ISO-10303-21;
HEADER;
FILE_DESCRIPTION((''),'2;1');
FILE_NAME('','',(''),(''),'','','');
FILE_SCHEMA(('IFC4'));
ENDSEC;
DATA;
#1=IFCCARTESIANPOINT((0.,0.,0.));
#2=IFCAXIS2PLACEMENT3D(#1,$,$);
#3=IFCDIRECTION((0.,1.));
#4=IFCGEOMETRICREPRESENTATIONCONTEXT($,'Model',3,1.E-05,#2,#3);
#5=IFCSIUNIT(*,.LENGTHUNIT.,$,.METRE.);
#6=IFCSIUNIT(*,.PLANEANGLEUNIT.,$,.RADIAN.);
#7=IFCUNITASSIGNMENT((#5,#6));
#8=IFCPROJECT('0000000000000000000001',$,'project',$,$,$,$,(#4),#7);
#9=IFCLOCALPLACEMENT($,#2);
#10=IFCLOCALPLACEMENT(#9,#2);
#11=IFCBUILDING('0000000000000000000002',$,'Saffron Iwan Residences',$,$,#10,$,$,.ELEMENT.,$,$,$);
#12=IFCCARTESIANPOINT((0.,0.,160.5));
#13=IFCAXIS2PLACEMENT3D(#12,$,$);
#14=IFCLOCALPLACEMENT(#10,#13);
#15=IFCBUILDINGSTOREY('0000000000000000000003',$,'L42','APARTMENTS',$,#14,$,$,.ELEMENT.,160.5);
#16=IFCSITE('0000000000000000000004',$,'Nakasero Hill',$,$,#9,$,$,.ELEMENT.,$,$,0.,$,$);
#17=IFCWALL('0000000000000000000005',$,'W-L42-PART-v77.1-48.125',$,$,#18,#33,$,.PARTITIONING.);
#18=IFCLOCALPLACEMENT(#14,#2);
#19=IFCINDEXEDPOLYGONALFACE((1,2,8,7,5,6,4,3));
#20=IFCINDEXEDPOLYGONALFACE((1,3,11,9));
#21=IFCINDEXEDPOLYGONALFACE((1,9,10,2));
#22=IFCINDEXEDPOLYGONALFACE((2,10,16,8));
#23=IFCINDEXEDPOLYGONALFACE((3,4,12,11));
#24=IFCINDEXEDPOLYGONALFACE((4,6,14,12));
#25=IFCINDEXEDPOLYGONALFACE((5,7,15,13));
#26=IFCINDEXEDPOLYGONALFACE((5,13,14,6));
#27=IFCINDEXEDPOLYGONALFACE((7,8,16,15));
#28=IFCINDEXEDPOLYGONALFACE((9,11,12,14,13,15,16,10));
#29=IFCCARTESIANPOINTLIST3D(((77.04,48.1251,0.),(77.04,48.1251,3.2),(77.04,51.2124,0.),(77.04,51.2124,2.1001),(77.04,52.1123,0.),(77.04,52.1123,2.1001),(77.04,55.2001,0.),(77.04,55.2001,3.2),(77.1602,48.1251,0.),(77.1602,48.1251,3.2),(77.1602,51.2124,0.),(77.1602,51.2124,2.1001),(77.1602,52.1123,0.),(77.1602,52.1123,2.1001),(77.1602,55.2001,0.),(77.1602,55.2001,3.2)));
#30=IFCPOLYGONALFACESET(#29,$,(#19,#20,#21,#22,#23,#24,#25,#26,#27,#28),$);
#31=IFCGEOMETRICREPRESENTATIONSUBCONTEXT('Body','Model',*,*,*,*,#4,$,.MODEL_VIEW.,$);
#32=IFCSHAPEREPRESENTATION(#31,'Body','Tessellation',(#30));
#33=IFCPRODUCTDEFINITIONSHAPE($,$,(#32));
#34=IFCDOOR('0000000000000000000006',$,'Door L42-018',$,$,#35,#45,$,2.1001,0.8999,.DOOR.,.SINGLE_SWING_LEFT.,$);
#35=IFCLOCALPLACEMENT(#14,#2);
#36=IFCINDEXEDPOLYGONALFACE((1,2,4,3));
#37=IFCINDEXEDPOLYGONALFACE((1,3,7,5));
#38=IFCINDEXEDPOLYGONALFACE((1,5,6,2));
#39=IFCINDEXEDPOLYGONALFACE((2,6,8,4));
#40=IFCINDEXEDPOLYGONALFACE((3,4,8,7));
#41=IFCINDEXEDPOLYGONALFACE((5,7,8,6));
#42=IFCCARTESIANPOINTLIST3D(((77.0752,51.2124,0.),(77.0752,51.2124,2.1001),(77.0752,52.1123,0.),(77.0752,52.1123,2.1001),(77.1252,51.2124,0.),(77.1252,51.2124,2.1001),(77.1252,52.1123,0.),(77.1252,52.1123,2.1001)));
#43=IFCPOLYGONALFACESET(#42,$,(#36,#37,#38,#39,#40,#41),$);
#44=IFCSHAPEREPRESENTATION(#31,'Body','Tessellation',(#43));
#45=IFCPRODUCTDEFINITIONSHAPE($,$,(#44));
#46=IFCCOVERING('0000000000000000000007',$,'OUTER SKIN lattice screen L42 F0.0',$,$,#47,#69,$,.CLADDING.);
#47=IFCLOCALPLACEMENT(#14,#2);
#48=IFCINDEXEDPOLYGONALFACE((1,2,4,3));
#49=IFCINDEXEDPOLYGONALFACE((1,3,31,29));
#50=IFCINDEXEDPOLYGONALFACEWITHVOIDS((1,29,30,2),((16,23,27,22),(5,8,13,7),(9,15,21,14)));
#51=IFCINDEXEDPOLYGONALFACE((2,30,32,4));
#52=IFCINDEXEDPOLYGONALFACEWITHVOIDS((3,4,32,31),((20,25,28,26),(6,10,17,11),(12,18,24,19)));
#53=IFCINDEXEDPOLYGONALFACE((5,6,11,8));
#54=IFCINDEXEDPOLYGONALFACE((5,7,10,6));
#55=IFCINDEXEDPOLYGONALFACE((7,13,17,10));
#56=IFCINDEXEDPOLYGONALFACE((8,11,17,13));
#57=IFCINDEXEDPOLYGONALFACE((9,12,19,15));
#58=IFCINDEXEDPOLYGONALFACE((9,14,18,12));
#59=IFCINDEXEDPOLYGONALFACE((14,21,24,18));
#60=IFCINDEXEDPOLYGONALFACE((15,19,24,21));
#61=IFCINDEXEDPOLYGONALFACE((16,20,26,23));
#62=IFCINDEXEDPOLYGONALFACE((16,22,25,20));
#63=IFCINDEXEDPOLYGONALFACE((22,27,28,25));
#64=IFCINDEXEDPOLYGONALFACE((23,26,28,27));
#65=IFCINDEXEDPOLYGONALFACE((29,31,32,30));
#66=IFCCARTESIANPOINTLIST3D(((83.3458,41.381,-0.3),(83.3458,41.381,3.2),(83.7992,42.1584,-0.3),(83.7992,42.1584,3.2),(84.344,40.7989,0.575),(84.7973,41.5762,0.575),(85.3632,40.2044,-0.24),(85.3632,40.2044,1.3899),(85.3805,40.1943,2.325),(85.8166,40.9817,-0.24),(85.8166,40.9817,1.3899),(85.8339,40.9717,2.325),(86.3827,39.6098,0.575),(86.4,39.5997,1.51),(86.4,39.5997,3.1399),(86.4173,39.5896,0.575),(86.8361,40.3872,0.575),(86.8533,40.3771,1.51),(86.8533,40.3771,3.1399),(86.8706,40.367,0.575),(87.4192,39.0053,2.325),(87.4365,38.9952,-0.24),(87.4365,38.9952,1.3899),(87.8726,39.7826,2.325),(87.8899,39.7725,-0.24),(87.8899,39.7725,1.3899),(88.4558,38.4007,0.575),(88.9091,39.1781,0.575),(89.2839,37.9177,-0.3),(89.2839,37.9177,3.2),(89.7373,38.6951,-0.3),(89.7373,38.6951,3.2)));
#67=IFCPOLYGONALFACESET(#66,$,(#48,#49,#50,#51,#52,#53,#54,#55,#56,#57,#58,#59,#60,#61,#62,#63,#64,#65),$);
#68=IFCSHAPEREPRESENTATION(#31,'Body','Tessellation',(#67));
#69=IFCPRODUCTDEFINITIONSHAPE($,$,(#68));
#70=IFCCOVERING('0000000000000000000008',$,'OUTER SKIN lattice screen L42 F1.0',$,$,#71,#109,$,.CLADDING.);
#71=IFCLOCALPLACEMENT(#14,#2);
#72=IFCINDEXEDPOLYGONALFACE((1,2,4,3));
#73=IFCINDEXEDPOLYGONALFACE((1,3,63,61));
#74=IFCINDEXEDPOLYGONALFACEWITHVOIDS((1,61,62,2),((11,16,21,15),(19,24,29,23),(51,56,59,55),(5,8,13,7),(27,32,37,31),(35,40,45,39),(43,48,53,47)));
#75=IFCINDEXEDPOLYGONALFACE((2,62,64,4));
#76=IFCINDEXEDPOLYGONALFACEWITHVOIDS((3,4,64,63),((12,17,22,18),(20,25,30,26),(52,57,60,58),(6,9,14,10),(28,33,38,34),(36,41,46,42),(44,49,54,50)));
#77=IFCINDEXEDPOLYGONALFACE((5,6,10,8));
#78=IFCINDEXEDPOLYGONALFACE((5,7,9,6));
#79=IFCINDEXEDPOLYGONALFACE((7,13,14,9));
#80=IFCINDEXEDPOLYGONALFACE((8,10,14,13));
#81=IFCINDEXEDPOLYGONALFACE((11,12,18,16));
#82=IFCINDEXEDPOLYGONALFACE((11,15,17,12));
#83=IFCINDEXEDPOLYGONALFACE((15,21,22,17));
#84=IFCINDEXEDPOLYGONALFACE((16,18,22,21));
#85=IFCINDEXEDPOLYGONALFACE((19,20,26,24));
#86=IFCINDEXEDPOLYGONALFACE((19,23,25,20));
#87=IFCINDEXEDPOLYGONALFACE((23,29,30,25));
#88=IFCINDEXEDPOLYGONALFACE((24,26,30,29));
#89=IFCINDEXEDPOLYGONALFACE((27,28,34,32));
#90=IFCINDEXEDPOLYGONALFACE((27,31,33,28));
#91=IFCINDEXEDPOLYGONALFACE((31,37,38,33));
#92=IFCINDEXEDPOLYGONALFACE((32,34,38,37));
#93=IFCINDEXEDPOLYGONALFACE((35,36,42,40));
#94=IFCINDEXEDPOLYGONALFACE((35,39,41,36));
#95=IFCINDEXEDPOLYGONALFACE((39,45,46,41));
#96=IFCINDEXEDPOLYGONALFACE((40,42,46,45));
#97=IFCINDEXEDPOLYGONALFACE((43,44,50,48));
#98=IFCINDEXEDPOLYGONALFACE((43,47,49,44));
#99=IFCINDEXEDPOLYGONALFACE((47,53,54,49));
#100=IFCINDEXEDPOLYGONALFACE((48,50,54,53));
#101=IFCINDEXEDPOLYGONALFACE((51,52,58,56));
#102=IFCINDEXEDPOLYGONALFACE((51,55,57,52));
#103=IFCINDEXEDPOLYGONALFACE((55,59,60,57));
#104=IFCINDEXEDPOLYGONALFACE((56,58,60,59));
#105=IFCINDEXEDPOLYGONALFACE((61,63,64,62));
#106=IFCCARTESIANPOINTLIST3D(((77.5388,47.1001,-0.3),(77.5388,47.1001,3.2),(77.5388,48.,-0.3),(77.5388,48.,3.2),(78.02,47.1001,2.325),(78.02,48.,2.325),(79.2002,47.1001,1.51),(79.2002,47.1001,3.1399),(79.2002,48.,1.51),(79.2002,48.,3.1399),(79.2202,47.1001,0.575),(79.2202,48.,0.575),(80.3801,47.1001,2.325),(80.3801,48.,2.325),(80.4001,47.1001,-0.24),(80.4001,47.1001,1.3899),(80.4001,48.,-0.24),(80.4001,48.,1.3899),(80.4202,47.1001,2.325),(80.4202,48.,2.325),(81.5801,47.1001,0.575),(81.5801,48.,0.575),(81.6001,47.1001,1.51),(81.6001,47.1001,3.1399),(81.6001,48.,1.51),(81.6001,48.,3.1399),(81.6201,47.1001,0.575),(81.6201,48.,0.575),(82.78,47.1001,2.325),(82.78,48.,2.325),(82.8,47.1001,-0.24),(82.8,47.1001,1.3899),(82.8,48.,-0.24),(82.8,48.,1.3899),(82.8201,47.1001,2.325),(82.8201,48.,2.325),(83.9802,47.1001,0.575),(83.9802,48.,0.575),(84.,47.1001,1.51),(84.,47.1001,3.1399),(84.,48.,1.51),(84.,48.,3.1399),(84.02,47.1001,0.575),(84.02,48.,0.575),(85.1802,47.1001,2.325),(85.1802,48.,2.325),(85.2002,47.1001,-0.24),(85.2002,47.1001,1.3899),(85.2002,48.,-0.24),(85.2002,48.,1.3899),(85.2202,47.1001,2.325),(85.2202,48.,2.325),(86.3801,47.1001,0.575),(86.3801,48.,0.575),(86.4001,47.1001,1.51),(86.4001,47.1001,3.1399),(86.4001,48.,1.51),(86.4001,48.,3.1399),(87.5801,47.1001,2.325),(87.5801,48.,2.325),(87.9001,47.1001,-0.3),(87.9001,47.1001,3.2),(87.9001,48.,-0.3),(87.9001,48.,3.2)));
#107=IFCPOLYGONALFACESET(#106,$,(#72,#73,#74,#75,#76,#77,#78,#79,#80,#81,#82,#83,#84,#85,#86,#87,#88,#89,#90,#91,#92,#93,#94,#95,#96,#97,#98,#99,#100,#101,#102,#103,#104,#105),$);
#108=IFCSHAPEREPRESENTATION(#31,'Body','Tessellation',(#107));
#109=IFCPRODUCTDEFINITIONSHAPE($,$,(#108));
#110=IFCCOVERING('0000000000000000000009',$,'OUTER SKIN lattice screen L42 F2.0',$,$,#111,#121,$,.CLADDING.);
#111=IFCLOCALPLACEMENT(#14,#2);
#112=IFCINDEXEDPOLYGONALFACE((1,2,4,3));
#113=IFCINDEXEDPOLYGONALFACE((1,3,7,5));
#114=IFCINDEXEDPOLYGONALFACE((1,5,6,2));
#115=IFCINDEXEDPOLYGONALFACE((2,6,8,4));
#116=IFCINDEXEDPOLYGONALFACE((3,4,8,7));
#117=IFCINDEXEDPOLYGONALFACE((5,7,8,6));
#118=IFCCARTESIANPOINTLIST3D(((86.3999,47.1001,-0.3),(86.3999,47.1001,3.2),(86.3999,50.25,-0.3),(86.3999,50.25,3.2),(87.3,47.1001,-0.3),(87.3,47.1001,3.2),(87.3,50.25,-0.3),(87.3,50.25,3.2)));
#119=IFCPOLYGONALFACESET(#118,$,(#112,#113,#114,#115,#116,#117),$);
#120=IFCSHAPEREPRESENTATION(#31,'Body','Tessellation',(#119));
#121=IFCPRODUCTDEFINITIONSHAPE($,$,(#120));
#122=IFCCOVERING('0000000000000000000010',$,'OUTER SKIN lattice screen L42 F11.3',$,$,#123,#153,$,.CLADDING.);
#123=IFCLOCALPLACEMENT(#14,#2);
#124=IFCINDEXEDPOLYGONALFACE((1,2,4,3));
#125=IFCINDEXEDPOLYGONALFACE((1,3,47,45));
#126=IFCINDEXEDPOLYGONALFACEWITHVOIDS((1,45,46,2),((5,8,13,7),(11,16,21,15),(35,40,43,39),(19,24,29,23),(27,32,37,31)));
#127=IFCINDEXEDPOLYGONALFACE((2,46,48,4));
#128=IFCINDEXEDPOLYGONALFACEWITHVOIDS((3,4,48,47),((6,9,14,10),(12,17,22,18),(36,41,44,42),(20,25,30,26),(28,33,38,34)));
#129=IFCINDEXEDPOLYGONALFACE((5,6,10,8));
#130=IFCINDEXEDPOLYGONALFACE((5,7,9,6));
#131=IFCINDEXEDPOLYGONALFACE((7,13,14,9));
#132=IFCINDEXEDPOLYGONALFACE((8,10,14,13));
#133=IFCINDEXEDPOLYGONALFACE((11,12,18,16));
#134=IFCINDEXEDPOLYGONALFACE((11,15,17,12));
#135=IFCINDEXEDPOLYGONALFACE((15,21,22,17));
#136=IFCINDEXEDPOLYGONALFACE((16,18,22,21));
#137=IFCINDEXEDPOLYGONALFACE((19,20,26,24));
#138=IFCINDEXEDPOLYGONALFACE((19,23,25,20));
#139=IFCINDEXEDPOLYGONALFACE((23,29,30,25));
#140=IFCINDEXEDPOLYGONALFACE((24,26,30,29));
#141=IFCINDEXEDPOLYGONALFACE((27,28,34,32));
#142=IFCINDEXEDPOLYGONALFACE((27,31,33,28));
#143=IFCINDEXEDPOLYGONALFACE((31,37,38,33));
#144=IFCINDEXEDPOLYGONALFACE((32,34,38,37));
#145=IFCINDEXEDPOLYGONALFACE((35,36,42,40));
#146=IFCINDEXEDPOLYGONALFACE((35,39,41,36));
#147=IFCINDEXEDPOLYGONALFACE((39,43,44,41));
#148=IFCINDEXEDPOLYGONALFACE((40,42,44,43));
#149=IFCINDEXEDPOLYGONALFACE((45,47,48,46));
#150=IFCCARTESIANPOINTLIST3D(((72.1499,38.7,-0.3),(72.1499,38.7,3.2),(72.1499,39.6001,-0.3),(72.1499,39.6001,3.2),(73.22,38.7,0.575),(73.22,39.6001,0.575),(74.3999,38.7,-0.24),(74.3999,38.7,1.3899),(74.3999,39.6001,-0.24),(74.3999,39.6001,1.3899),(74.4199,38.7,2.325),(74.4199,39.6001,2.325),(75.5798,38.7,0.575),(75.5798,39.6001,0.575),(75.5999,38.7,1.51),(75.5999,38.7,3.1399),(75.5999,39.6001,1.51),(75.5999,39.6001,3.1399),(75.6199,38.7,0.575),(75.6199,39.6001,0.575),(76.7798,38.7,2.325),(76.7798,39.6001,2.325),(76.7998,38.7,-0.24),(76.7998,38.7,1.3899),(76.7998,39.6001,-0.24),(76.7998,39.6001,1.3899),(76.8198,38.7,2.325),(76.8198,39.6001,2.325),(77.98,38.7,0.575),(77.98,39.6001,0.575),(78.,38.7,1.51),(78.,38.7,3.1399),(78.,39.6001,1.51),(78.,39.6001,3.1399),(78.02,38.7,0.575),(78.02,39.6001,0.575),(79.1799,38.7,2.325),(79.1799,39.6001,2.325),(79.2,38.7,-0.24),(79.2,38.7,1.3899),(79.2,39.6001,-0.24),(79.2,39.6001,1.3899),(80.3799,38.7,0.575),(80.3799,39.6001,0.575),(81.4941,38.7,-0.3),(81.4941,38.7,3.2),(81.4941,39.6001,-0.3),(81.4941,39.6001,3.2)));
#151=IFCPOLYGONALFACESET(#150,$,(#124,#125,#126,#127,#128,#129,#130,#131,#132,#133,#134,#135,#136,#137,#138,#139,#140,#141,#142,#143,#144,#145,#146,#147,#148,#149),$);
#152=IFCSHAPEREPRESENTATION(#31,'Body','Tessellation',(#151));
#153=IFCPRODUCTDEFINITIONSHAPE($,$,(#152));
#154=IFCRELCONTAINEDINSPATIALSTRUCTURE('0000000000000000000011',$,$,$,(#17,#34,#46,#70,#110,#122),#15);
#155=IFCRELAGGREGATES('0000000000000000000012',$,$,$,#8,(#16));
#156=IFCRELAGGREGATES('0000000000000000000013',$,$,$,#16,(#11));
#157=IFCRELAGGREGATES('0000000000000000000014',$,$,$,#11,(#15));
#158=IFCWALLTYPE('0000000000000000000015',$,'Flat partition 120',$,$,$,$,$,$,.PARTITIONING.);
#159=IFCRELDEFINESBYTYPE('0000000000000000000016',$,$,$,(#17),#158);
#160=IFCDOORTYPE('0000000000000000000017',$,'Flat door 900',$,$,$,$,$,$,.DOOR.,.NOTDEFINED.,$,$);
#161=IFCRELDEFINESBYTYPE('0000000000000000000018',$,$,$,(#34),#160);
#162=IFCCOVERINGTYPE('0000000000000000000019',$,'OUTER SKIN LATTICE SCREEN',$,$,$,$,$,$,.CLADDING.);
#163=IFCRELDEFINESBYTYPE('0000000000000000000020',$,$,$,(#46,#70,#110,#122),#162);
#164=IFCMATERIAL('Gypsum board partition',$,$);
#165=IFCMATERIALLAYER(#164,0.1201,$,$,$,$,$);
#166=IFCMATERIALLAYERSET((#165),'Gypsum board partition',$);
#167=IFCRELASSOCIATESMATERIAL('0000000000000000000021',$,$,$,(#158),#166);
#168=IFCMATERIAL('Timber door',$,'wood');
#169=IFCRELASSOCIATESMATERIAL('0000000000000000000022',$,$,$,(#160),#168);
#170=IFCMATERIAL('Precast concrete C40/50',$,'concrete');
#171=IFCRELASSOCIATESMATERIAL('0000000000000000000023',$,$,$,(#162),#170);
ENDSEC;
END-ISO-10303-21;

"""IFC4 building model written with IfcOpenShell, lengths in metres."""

from ifc_helpers import new_model, si_unit, direction, frame, frame_2d, origin, place, context, subcontext, project, spatial, polyline, rectangle, outline, extrude, material, layer, layer_set, type_object, element, fill, save


model = new_model("IFC4")

# Units and contexts
model_context = context("Model", 3, precision=1e-05, world=origin(), true_north=direction((0.0, 1.0)))
body_context = subcontext(model_context, "Body", "Model", "MODEL_VIEW")
ifc_project = project(units=[si_unit("LENGTHUNIT", "METRE"), si_unit("PLANEANGLEUNIT", "RADIAN")], contexts=[model_context])

# Site, building, storey
site_placement = place(None, origin())
site = spatial("IfcSite", under=ifc_project, at=site_placement, Name="Nakasero Hill", CompositionType="ELEMENT", RefElevation=0.0)
building_placement = place(site_placement, origin())
building = spatial("IfcBuilding", under=site, at=building_placement, Name="Saffron Iwan Residences", CompositionType="ELEMENT")
storey_placement = place(building_placement, frame((0.0, 0.0, 160.5)))
storey = spatial("IfcBuildingStorey", under=building, at=storey_placement, Name="L42", Description="APARTMENTS", CompositionType="ELEMENT", Elevation=160.5)

# Shared definitions
ifc_material_1 = material(Name="Gypsum board partition")
ifc_layer_1 = layer(ifc_material_1, 0.1201)
ifc_layer_set_1 = layer_set([ifc_layer_1], Name="Gypsum board partition")
wall_type_1 = type_object("IfcWallType", Name="Flat partition 120", PredefinedType="PARTITIONING", material=ifc_layer_set_1)
ifc_material_2 = material(Name="Timber door", Category="wood")

# Shared definitions
door_type_1 = type_object("IfcDoorType", Name="Flat door 900", OperationType="NOTDEFINED", PredefinedType="DOOR", material=ifc_material_2)

# Wall, opening, door
wall_1_placement = place(storey_placement, frame((77.1001, 48.125, 0.0), z_axis=(0.0, 0.0, 1.0), x_axis=(0.0, 1.0, 0.0)))
wall_1 = element("IfcWall", 1, at=wall_1_placement, inside=storey, type_object=wall_type_1, Name="W-L42-PART-v77.1-48.125", PredefinedType="PARTITIONING", context=body_context, shape_type="SweptSolid", body=[
    extrude(rectangle(XDim=7.075, YDim=0.1201, at=frame_2d((3.5376, 0.0))), origin(), (0.0, 0.0, 1.0), 3.2),
])
opening_1_placement = place(wall_1_placement, frame((3.0874, 0.0, 0.0)))
opening_1 = element("IfcOpeningElement", 2, at=opening_1_placement, cuts=wall_1, PredefinedType="OPENING", context=body_context, shape_type="SweptSolid", body=[
    extrude(rectangle(XDim=0.8999, YDim=2.1001, at=frame_2d((0.45, 1.05))), frame((0.0, 0.0701, 0.0), z_axis=(0.0, -1.0, 0.0), x_axis=(1.0, 0.0, 0.0)), (0.0, 0.0, 1.0), 0.1401),
])
door_1_placement = place(opening_1_placement, origin())
door_1 = element("IfcDoor", 3, at=door_1_placement, inside=storey, type_object=door_type_1, Name="Door L42-018", OperationType="SINGLE_SWING_LEFT", OverallHeight=2.1001, OverallWidth=0.8999, PredefinedType="DOOR", context=body_context, shape_type="SweptSolid", body=[
    extrude(rectangle(XDim=0.8999, YDim=2.1001, at=frame_2d((0.45, 1.05))), frame((0.0, 0.0249, 0.0), z_axis=(0.0, -1.0, 0.0), x_axis=(1.0, 0.0, 0.0)), (0.0, 0.0, 1.0), 0.05),
])
fill(opening_1, door_1)

# Coverings
ifc_material_3 = material(Name="Precast concrete C40/50", Category="concrete")
covering_type = type_object("IfcCoveringType", Name="OUTER SKIN LATTICE SCREEN", PredefinedType="CLADDING", material=ifc_material_3)
covering_1_placement = place(storey_placement, frame((89.2839, 37.9177, -0.3), z_axis=(0.503804, 0.863818, 0.0), x_axis=(-0.863818, 0.503804, 0.0)))
element("IfcCovering", 4, at=covering_1_placement, inside=storey, type_object=covering_type, Name="OUTER SKIN lattice screen L42 F0.0", PredefinedType="CLADDING", context=body_context, shape_type="SweptSolid", body=[
    extrude(outline(polyline([(0.0, 0.0), (6.8743, 0.0), (6.8743, 3.5), (0.0, 3.5), (0.0, 0.0)]), holes=[polyline([(0.9587, 0.875), (2.1387, 0.0601), (3.3186, 0.875), (2.1387, 1.6899), (0.9587, 0.875)]), polyline([(3.3586, 0.875), (4.5388, 0.0601), (5.7188, 0.875), (4.5388, 1.6899), (3.3586, 0.875)]), polyline([(2.1587, 2.625), (3.3386, 1.8101), (4.5188, 2.625), (3.3386, 3.4399), (2.1587, 2.625)])]), origin(), (0.0, 0.0, 1.0), 0.8999),
])
covering_2_placement = place(storey_placement, frame((77.5388, 48.0, -0.3), z_axis=(0.0, -1.0, 0.0), x_axis=(1.0, 0.0, 0.0)))
element("IfcCovering", 5, at=covering_2_placement, inside=storey, type_object=covering_type, Name="OUTER SKIN lattice screen L42 F1.0", PredefinedType="CLADDING", context=body_context, shape_type="SweptSolid", body=[
    extrude(outline(polyline([(0.0, 0.0), (10.3613, 0.0), (10.3613, 3.5), (0.0, 3.5), (0.0, 0.0)]), holes=[polyline([(1.6814, 0.875), (2.8613, 0.0601), (4.0413, 0.875), (2.8613, 1.6899), (1.6814, 0.875)]), polyline([(4.0813, 0.875), (5.2612, 0.0601), (6.4414, 0.875), (5.2612, 1.6899), (4.0813, 0.875)]), polyline([(6.4812, 0.875), (7.6614, 0.0601), (8.8413, 0.875), (7.6614, 1.6899), (6.4812, 0.875)]), polyline([(0.4812, 2.625), (1.6614, 1.8101), (2.8413, 2.625), (1.6614, 3.4399), (0.4812, 2.625)]), polyline([(2.8813, 2.625), (4.0613, 1.8101), (5.2412, 2.625), (4.0613, 3.4399), (2.8813, 2.625)]), polyline([(5.2812, 2.625), (6.4612, 1.8101), (7.6414, 2.625), (6.4612, 3.4399), (5.2812, 2.625)]), polyline([(7.6814, 2.625), (8.8613, 1.8101), (10.0413, 2.625), (8.8613, 3.4399), (7.6814, 2.625)])]), origin(), (0.0, 0.0, 1.0), 0.8999),
])
covering_3_placement = place(storey_placement, frame((86.3999, 47.1001, -0.3), z_axis=(1.0, 0.0, 0.0), x_axis=(0.0, 1.0, 0.0)))
element("IfcCovering", 6, at=covering_3_placement, inside=storey, type_object=covering_type, Name="OUTER SKIN lattice screen L42 F2.0", PredefinedType="CLADDING", context=body_context, shape_type="SweptSolid", body=[
    extrude(outline(polyline([(0.0, 0.0), (3.1499, 0.0), (3.1499, 3.5), (0.0, 3.5), (0.0, 0.0)])), origin(), (0.0, 0.0, 1.0), 0.9001),
])
covering_4_placement = place(storey_placement, frame((72.1499, 39.6001, -0.3), z_axis=(0.0, -1.0, 0.0), x_axis=(1.0, 0.0, 0.0)))
element("IfcCovering", 7, at=covering_4_placement, inside=storey, type_object=covering_type, Name="OUTER SKIN lattice screen L42 F11.3", PredefinedType="CLADDING", context=body_context, shape_type="SweptSolid", body=[
    extrude(outline(polyline([(0.0, 0.0), (9.3442, 0.0), (9.3442, 3.5), (0.0, 3.5), (0.0, 0.0)]), holes=[polyline([(1.0701, 0.875), (2.25, 0.0601), (3.4299, 0.875), (2.25, 1.6899), (1.0701, 0.875)]), polyline([(3.47, 0.875), (4.6499, 0.0601), (5.8301, 0.875), (4.6499, 1.6899), (3.47, 0.875)]), polyline([(5.8701, 0.875), (7.05, 0.0601), (8.23, 0.875), (7.05, 1.6899), (5.8701, 0.875)]), polyline([(2.27, 2.625), (3.45, 1.8101), (4.6299, 2.625), (3.45, 3.4399), (2.27, 2.625)]), polyline([(4.6699, 2.625), (5.8501, 1.8101), (7.03, 2.625), (5.8501, 3.4399), (4.6699, 2.625)])]), origin(), (0.0, 0.0, 1.0), 0.9001),
])

save(model, "model.ifc")
